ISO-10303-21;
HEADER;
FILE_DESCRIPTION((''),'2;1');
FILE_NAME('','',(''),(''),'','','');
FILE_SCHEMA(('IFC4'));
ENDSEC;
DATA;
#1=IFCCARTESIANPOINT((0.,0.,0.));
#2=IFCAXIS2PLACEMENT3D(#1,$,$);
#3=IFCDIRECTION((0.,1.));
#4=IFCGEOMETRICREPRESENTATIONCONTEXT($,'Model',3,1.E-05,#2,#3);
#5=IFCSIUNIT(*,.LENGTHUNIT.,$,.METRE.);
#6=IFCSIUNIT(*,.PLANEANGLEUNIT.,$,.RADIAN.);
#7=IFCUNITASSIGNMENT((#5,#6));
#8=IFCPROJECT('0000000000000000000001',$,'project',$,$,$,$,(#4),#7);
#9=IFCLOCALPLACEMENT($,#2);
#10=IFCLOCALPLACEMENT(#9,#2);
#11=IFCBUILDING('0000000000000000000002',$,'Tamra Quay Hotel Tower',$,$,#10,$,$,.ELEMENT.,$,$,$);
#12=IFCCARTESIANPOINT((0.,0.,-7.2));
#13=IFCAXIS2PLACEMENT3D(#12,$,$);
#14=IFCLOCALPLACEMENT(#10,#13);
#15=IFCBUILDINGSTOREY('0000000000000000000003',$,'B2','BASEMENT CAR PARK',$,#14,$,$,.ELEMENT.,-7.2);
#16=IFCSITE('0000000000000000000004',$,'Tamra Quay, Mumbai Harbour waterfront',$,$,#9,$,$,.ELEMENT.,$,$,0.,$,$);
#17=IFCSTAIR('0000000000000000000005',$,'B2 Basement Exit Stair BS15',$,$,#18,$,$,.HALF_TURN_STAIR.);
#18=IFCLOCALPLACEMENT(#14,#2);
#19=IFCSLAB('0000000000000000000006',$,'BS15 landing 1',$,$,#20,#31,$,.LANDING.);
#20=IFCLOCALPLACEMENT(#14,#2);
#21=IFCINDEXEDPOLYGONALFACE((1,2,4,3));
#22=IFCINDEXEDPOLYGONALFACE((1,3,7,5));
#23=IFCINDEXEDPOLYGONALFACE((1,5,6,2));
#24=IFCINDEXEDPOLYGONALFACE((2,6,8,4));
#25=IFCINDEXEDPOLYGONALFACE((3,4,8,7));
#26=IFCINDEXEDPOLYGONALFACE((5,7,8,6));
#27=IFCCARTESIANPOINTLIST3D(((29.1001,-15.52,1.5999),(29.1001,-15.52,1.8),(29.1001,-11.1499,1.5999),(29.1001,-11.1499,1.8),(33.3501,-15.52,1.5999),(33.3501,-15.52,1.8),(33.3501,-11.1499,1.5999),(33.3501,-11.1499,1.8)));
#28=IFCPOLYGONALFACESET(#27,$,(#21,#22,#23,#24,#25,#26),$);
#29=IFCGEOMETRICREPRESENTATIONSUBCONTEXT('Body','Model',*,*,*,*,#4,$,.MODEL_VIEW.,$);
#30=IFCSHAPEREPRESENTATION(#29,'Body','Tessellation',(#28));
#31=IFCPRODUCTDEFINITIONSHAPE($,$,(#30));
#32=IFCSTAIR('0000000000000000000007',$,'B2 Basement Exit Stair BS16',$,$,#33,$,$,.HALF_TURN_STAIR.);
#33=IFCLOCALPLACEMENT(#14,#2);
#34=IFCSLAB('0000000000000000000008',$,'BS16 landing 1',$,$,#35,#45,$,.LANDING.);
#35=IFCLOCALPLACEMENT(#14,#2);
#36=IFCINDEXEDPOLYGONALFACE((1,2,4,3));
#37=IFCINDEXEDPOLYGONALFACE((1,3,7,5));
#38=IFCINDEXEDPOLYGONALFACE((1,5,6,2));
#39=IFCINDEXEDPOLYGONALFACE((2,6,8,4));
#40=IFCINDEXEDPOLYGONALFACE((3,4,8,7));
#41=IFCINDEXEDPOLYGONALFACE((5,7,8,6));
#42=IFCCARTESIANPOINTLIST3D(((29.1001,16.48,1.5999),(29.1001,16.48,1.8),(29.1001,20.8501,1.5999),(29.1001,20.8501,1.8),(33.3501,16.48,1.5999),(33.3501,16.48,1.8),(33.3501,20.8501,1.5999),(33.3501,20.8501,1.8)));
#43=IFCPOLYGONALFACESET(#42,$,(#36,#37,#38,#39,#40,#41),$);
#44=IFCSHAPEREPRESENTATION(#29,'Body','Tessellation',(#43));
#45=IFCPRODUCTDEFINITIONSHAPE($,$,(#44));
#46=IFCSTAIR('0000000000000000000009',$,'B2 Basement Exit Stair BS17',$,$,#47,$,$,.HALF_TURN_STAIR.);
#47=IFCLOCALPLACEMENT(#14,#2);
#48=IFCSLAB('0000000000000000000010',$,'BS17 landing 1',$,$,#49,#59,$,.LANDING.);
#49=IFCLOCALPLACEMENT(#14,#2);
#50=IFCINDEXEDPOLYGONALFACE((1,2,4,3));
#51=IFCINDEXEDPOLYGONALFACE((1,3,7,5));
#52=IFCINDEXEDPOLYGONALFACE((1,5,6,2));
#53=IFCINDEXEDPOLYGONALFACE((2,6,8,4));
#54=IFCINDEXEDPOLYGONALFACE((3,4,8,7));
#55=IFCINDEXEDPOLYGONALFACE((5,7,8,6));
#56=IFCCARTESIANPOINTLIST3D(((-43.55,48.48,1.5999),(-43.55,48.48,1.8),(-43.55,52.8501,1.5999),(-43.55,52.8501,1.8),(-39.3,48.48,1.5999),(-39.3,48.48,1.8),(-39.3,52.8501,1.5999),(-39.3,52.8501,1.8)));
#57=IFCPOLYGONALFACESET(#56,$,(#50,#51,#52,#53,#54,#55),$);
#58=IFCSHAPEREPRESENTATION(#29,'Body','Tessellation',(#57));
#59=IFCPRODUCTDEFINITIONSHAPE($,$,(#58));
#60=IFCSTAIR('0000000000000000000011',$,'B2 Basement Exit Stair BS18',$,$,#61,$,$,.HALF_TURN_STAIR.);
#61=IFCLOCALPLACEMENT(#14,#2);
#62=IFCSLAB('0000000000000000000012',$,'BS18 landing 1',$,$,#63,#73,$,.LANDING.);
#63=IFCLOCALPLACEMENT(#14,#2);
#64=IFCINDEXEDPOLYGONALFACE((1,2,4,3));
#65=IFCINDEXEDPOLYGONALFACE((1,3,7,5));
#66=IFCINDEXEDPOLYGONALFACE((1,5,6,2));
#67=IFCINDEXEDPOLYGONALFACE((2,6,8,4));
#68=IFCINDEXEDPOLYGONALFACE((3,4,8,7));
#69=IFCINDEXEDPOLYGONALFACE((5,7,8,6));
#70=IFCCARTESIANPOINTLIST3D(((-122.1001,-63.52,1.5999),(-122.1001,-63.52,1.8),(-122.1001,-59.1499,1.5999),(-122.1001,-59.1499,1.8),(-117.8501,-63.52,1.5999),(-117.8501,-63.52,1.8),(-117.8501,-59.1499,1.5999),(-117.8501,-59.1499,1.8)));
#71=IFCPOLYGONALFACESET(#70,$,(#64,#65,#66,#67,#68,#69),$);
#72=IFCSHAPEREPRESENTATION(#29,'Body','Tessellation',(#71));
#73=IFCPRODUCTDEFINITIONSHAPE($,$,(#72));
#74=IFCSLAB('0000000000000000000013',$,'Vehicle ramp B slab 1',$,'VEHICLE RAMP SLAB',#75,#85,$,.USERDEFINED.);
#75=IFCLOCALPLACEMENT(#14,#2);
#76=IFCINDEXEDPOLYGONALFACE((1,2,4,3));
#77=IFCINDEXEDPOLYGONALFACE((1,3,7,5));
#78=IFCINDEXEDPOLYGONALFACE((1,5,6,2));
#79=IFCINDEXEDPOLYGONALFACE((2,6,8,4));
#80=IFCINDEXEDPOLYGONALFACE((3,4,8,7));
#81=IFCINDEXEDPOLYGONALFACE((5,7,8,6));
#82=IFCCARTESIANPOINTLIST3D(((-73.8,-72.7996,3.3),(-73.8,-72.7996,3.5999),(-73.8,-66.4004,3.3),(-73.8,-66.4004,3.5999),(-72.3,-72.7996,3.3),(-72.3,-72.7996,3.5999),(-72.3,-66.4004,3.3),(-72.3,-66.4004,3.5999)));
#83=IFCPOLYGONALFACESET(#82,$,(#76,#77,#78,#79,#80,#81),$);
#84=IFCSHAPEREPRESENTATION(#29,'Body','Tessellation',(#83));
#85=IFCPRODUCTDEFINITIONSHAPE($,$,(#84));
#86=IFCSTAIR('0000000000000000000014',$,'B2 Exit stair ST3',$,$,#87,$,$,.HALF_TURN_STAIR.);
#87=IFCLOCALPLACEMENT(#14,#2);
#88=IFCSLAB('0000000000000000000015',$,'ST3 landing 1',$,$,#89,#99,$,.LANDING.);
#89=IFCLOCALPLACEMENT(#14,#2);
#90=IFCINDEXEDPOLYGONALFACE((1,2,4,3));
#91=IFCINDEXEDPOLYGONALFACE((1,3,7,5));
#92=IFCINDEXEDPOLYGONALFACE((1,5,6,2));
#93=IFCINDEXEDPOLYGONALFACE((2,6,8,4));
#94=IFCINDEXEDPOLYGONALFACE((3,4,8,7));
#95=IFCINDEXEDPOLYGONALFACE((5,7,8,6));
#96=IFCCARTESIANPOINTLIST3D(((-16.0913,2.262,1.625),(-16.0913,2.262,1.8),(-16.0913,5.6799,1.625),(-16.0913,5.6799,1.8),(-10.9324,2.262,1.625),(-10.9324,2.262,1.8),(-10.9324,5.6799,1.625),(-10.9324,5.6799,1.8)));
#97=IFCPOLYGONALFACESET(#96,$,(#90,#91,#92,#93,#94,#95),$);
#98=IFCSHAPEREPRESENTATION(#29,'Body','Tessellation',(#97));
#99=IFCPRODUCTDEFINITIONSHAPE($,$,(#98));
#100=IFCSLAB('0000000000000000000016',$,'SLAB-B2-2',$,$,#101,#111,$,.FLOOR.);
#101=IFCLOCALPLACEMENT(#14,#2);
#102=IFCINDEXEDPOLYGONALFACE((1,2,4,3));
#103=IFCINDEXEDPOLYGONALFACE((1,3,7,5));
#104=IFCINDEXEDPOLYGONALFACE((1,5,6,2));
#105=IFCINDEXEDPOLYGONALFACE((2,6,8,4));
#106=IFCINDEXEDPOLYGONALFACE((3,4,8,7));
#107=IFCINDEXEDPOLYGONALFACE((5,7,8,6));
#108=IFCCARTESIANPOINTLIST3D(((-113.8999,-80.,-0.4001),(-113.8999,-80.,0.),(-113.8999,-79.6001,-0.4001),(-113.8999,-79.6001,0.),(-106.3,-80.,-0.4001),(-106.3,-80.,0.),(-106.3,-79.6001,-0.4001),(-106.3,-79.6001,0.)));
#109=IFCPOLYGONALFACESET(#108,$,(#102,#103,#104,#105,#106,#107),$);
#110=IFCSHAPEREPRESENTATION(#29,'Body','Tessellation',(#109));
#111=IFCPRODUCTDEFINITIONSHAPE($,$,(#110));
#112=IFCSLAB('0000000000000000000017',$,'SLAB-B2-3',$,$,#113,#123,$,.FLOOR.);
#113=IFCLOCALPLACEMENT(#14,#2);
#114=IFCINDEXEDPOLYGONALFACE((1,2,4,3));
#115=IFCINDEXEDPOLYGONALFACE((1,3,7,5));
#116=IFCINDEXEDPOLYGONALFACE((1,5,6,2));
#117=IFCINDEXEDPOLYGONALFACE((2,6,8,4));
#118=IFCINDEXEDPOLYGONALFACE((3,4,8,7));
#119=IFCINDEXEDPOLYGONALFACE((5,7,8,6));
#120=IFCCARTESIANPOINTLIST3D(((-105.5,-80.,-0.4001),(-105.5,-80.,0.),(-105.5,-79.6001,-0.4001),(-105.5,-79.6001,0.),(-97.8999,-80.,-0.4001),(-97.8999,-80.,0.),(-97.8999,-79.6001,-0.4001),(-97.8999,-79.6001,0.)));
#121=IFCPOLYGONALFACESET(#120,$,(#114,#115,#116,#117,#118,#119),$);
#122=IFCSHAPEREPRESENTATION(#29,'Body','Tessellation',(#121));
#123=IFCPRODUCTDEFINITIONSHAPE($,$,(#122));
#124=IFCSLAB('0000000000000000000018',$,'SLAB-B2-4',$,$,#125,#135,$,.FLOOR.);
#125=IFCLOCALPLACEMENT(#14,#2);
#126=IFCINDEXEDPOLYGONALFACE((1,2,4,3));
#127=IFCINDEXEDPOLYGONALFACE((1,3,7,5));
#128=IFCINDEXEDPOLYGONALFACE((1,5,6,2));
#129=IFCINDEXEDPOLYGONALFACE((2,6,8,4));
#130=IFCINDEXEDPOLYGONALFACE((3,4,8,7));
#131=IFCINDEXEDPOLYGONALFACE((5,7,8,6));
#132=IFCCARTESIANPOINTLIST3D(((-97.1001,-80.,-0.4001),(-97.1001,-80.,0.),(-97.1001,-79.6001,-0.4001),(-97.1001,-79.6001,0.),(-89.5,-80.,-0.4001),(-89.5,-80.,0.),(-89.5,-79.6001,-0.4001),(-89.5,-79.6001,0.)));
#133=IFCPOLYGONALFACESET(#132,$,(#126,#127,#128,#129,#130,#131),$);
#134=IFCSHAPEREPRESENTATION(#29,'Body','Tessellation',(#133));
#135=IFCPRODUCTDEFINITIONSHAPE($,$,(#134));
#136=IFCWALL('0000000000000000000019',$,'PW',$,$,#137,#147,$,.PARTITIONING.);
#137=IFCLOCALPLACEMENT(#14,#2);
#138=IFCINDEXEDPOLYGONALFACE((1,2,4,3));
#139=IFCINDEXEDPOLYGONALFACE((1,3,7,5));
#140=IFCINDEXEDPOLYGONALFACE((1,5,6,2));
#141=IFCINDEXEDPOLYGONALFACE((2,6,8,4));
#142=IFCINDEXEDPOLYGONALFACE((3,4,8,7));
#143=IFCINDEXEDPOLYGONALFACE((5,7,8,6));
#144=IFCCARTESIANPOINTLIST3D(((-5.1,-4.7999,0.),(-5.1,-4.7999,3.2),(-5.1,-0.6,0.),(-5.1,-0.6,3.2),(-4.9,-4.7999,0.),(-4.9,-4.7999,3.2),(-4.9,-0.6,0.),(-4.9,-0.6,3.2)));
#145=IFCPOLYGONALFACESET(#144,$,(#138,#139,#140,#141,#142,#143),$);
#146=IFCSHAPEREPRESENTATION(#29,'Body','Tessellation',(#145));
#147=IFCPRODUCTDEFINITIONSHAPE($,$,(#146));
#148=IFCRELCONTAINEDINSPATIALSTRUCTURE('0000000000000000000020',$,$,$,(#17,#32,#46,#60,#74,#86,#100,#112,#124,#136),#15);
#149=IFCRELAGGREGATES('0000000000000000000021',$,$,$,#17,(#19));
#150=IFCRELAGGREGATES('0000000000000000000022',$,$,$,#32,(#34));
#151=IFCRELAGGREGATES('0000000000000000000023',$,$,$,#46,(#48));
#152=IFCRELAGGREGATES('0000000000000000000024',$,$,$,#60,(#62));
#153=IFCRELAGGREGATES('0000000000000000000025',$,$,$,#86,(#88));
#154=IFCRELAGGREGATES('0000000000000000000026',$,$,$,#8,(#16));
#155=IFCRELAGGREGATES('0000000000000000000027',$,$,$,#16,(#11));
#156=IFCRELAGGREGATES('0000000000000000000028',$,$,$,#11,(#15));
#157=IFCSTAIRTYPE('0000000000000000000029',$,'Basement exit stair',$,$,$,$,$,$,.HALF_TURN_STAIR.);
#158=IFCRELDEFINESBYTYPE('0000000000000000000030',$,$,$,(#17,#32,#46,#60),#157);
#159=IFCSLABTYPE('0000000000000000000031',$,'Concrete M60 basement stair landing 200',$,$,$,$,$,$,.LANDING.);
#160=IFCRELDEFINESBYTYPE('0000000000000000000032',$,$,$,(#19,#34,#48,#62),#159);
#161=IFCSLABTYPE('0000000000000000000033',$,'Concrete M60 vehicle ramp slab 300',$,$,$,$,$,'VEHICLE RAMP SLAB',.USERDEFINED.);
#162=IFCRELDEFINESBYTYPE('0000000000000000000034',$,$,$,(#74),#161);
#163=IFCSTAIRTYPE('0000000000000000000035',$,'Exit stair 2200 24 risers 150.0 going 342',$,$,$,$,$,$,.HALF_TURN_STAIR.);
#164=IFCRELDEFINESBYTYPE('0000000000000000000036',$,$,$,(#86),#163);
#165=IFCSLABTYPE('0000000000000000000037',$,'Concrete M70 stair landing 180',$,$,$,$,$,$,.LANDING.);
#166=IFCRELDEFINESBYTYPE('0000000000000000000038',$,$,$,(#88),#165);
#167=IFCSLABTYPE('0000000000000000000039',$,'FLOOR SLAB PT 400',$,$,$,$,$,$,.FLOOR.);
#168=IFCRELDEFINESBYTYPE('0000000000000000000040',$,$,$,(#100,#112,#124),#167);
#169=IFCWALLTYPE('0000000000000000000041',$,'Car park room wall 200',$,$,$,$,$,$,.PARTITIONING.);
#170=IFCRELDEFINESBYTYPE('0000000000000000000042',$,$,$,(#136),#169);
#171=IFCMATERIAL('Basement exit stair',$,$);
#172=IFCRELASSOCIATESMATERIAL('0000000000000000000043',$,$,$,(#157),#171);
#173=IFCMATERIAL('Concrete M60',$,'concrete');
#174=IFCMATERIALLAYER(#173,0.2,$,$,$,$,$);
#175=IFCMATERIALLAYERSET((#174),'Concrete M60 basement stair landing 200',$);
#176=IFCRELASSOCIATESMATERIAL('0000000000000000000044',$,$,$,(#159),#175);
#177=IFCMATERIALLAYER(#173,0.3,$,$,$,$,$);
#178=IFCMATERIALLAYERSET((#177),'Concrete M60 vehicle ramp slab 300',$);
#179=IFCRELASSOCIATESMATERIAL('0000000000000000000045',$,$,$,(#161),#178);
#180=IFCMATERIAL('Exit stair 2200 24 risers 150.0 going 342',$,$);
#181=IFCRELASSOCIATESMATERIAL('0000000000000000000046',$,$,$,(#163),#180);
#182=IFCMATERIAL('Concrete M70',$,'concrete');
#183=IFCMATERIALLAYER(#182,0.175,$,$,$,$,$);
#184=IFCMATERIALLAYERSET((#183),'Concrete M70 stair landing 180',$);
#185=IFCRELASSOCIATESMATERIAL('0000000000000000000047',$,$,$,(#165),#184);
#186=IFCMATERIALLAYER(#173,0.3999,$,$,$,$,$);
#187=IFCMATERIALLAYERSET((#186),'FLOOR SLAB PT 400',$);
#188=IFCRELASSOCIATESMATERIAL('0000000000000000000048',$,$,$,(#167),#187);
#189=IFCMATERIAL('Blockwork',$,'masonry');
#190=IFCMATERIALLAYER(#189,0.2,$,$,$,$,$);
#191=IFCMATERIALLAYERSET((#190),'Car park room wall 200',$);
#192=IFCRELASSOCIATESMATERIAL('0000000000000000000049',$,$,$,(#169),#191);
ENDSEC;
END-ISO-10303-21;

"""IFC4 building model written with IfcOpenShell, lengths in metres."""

from ifc_helpers import new_model, si_unit, direction, frame, frame_2d, origin, place, context, subcontext, project, spatial, polyline, rectangle, outline, extrude, material, layer, layer_set, type_object, element, aggregate, save


model = new_model("IFC4")

# Units and contexts
model_context = context("Model", 3, precision=1e-05, world=origin(), true_north=direction((0.0, 1.0)))
body_context = subcontext(model_context, "Body", "Model", "MODEL_VIEW")
ifc_project = project(units=[si_unit("LENGTHUNIT", "METRE"), si_unit("PLANEANGLEUNIT", "RADIAN")], contexts=[model_context])

# Site, building, storey
site_placement = place(None, origin())
site = spatial("IfcSite", under=ifc_project, at=site_placement, Name="Tamra Quay, Mumbai Harbour waterfront", CompositionType="ELEMENT", RefElevation=0.0)
building_placement = place(site_placement, origin())
building = spatial("IfcBuilding", under=site, at=building_placement, Name="Tamra Quay Hotel Tower", CompositionType="ELEMENT")
storey_placement = place(building_placement, frame((0.0, 0.0, -7.2)))
storey = spatial("IfcBuildingStorey", under=building, at=storey_placement, Name="B2", Description="BASEMENT CAR PARK", CompositionType="ELEMENT", Elevation=-7.2)

# Shared definitions
ifc_material_1 = material(Name="Concrete M70", Category="concrete")

# Stairs, slabs
ifc_material_2 = material(Name="Basement exit stair")
stair_type_1 = type_object("IfcStairType", Name="Basement exit stair", PredefinedType="HALF_TURN_STAIR", material=ifc_material_2)
ifc_material_3 = material(Name="Concrete M60", Category="concrete")
ifc_layer_1 = layer(ifc_material_3, 0.2)
ifc_layer_set_1 = layer_set([ifc_layer_1], Name="Concrete M60 basement stair landing 200")
slab_type_1 = type_object("IfcSlabType", Name="Concrete M60 basement stair landing 200", PredefinedType="LANDING", material=ifc_layer_set_1)
stair_1_placement = place(storey_placement, origin())
stair_1 = element("IfcStair", 1, at=stair_1_placement, inside=storey, type_object=stair_type_1, Name="B2 Basement Exit Stair BS15", PredefinedType="HALF_TURN_STAIR")
slab_1_placement = place(storey_placement, frame((0.0, 0.0, 1.5999)))
slab_1 = element("IfcSlab", 2, at=slab_1_placement, type_object=slab_type_1, Name="BS15 landing 1", PredefinedType="LANDING", context=body_context, shape_type="SweptSolid", body=[
    extrude(outline(polyline([(33.3501, -15.52), (33.3501, -11.1499), (29.1001, -11.1499), (29.1001, -15.52), (33.3501, -15.52)])), origin(), (0.0, 0.0, 1.0), 0.2002),
])
aggregate(stair_1, [slab_1])
stair_2_placement = place(storey_placement, origin())
stair_2 = element("IfcStair", 3, at=stair_2_placement, inside=storey, type_object=stair_type_1, Name="B2 Basement Exit Stair BS16", PredefinedType="HALF_TURN_STAIR")
slab_2_placement = place(storey_placement, frame((0.0, 0.0, 1.5999)))
slab_2 = element("IfcSlab", 4, at=slab_2_placement, type_object=slab_type_1, Name="BS16 landing 1", PredefinedType="LANDING", context=body_context, shape_type="SweptSolid", body=[
    extrude(outline(polyline([(33.3501, 16.48), (33.3501, 20.8501), (29.1001, 20.8501), (29.1001, 16.48), (33.3501, 16.48)])), origin(), (0.0, 0.0, 1.0), 0.2002),
])
aggregate(stair_2, [slab_2])
stair_3_placement = place(storey_placement, origin())
stair_3 = element("IfcStair", 5, at=stair_3_placement, inside=storey, type_object=stair_type_1, Name="B2 Basement Exit Stair BS17", PredefinedType="HALF_TURN_STAIR")
slab_3_placement = place(storey_placement, frame((0.0, 0.0, 1.5999)))
slab_3 = element("IfcSlab", 6, at=slab_3_placement, type_object=slab_type_1, Name="BS17 landing 1", PredefinedType="LANDING", context=body_context, shape_type="SweptSolid", body=[
    extrude(outline(polyline([(-39.3, 48.48), (-39.3, 52.8501), (-43.55, 52.8501), (-43.55, 48.48), (-39.3, 48.48)])), origin(), (0.0, 0.0, 1.0), 0.2002),
])
aggregate(stair_3, [slab_3])
stair_4_placement = place(storey_placement, origin())
stair_4 = element("IfcStair", 7, at=stair_4_placement, inside=storey, type_object=stair_type_1, Name="B2 Basement Exit Stair BS18", PredefinedType="HALF_TURN_STAIR")
slab_4_placement = place(storey_placement, frame((0.0, 0.0, 1.5999)))
slab_4 = element("IfcSlab", 8, at=slab_4_placement, type_object=slab_type_1, Name="BS18 landing 1", PredefinedType="LANDING", context=body_context, shape_type="SweptSolid", body=[
    extrude(outline(polyline([(-117.8501, -63.52), (-117.8501, -59.1499), (-122.1001, -59.1499), (-122.1001, -63.52), (-117.8501, -63.52)])), origin(), (0.0, 0.0, 1.0), 0.2002),
])
aggregate(stair_4, [slab_4])

# Slab
ifc_layer_2 = layer(ifc_material_3, 0.3)
ifc_layer_set_2 = layer_set([ifc_layer_2], Name="Concrete M60 vehicle ramp slab 300")
slab_type_2 = type_object("IfcSlabType", Name="Concrete M60 vehicle ramp slab 300", ElementType="VEHICLE RAMP SLAB", PredefinedType="USERDEFINED", material=ifc_layer_set_2)
slab_5_placement = place(storey_placement, frame((0.0, 0.0, 3.3)))
element("IfcSlab", 9, at=slab_5_placement, inside=storey, type_object=slab_type_2, Name="Vehicle ramp B slab 1", ObjectType="VEHICLE RAMP SLAB", PredefinedType="USERDEFINED", context=body_context, shape_type="SweptSolid", body=[
    extrude(outline(polyline([(-72.3, -72.7996), (-73.8, -72.7996), (-73.8, -66.4004), (-72.3, -66.4004), (-72.3, -72.7996)])), origin(), (0.0, 0.0, 1.0), 0.2998),
])

# Stair, slab
ifc_material_4 = material(Name="Exit stair 2200 24 risers 150.0 going 342")
stair_type_2 = type_object("IfcStairType", Name="Exit stair 2200 24 risers 150.0 going 342", PredefinedType="HALF_TURN_STAIR", material=ifc_material_4)
stair_5_placement = place(storey_placement, origin())
stair_5 = element("IfcStair", 10, at=stair_5_placement, inside=storey, type_object=stair_type_2, Name="B2 Exit stair ST3", PredefinedType="HALF_TURN_STAIR")
ifc_layer_3 = layer(ifc_material_1, 0.175)
ifc_layer_set_3 = layer_set([ifc_layer_3], Name="Concrete M70 stair landing 180")
slab_type_3 = type_object("IfcSlabType", Name="Concrete M70 stair landing 180", PredefinedType="LANDING", material=ifc_layer_set_3)
slab_6_placement = place(storey_placement, frame((0.0, 0.0, 1.625)))
slab_6 = element("IfcSlab", 11, at=slab_6_placement, type_object=slab_type_3, Name="ST3 landing 1", PredefinedType="LANDING", context=body_context, shape_type="SweptSolid", body=[
    extrude(outline(polyline([(-10.9324, 2.262), (-10.9324, 5.6799), (-16.0913, 5.6799), (-16.0913, 2.262), (-10.9324, 2.262)])), origin(), (0.0, 0.0, 1.0), 0.175),
])
aggregate(stair_5, [slab_6])

# Slabs
ifc_layer_4 = layer(ifc_material_3, 0.3999)
ifc_layer_set_4 = layer_set([ifc_layer_4], Name="FLOOR SLAB PT 400")
slab_type_4 = type_object("IfcSlabType", Name="FLOOR SLAB PT 400", PredefinedType="FLOOR", material=ifc_layer_set_4)
slab_7_placement = place(storey_placement, frame((0.0, 0.0, -0.4001)))
element("IfcSlab", 12, at=slab_7_placement, inside=storey, type_object=slab_type_4, Name="SLAB-B2-2", PredefinedType="FLOOR", context=body_context, shape_type="SweptSolid", body=[
    extrude(outline(polyline([(-113.8999, -80.0), (-113.8999, -79.6001), (-106.3, -79.6001), (-106.3, -80.0), (-113.8999, -80.0)])), origin(), (0.0, 0.0, 1.0), 0.4001),
])
slab_8_placement = place(storey_placement, frame((0.0, 0.0, -0.4001)))
element("IfcSlab", 13, at=slab_8_placement, inside=storey, type_object=slab_type_4, Name="SLAB-B2-3", PredefinedType="FLOOR", context=body_context, shape_type="SweptSolid", body=[
    extrude(outline(polyline([(-105.5, -80.0), (-105.5, -79.6001), (-97.8999, -79.6001), (-97.8999, -80.0), (-105.5, -80.0)])), origin(), (0.0, 0.0, 1.0), 0.4001),
])
slab_9_placement = place(storey_placement, frame((0.0, 0.0, -0.4001)))
element("IfcSlab", 14, at=slab_9_placement, inside=storey, type_object=slab_type_4, Name="SLAB-B2-4", PredefinedType="FLOOR", context=body_context, shape_type="SweptSolid", body=[
    extrude(outline(polyline([(-97.1001, -80.0), (-97.1001, -79.6001), (-89.5, -79.6001), (-89.5, -80.0), (-97.1001, -80.0)])), origin(), (0.0, 0.0, 1.0), 0.4001),
])

# Wall
ifc_material_5 = material(Name="Blockwork", Category="masonry")
ifc_layer_5 = layer(ifc_material_5, 0.2)
ifc_layer_set_5 = layer_set([ifc_layer_5], Name="Car park room wall 200")
wall_type = type_object("IfcWallType", Name="Car park room wall 200", PredefinedType="PARTITIONING", material=ifc_layer_set_5)
wall_placement = place(storey_placement, frame((-5.0, -4.8, 0.0), z_axis=(0.0, 0.0, 1.0), x_axis=(0.0, 1.0, 0.0)))
element("IfcWall", 15, at=wall_placement, inside=storey, type_object=wall_type, Name="PW", PredefinedType="PARTITIONING", context=body_context, shape_type="SweptSolid", body=[
    extrude(rectangle(XDim=4.2, YDim=0.2, at=frame_2d((2.1001, 0.0))), origin(), (0.0, 0.0, 1.0), 3.2),
])

save(model, "model.ifc")
